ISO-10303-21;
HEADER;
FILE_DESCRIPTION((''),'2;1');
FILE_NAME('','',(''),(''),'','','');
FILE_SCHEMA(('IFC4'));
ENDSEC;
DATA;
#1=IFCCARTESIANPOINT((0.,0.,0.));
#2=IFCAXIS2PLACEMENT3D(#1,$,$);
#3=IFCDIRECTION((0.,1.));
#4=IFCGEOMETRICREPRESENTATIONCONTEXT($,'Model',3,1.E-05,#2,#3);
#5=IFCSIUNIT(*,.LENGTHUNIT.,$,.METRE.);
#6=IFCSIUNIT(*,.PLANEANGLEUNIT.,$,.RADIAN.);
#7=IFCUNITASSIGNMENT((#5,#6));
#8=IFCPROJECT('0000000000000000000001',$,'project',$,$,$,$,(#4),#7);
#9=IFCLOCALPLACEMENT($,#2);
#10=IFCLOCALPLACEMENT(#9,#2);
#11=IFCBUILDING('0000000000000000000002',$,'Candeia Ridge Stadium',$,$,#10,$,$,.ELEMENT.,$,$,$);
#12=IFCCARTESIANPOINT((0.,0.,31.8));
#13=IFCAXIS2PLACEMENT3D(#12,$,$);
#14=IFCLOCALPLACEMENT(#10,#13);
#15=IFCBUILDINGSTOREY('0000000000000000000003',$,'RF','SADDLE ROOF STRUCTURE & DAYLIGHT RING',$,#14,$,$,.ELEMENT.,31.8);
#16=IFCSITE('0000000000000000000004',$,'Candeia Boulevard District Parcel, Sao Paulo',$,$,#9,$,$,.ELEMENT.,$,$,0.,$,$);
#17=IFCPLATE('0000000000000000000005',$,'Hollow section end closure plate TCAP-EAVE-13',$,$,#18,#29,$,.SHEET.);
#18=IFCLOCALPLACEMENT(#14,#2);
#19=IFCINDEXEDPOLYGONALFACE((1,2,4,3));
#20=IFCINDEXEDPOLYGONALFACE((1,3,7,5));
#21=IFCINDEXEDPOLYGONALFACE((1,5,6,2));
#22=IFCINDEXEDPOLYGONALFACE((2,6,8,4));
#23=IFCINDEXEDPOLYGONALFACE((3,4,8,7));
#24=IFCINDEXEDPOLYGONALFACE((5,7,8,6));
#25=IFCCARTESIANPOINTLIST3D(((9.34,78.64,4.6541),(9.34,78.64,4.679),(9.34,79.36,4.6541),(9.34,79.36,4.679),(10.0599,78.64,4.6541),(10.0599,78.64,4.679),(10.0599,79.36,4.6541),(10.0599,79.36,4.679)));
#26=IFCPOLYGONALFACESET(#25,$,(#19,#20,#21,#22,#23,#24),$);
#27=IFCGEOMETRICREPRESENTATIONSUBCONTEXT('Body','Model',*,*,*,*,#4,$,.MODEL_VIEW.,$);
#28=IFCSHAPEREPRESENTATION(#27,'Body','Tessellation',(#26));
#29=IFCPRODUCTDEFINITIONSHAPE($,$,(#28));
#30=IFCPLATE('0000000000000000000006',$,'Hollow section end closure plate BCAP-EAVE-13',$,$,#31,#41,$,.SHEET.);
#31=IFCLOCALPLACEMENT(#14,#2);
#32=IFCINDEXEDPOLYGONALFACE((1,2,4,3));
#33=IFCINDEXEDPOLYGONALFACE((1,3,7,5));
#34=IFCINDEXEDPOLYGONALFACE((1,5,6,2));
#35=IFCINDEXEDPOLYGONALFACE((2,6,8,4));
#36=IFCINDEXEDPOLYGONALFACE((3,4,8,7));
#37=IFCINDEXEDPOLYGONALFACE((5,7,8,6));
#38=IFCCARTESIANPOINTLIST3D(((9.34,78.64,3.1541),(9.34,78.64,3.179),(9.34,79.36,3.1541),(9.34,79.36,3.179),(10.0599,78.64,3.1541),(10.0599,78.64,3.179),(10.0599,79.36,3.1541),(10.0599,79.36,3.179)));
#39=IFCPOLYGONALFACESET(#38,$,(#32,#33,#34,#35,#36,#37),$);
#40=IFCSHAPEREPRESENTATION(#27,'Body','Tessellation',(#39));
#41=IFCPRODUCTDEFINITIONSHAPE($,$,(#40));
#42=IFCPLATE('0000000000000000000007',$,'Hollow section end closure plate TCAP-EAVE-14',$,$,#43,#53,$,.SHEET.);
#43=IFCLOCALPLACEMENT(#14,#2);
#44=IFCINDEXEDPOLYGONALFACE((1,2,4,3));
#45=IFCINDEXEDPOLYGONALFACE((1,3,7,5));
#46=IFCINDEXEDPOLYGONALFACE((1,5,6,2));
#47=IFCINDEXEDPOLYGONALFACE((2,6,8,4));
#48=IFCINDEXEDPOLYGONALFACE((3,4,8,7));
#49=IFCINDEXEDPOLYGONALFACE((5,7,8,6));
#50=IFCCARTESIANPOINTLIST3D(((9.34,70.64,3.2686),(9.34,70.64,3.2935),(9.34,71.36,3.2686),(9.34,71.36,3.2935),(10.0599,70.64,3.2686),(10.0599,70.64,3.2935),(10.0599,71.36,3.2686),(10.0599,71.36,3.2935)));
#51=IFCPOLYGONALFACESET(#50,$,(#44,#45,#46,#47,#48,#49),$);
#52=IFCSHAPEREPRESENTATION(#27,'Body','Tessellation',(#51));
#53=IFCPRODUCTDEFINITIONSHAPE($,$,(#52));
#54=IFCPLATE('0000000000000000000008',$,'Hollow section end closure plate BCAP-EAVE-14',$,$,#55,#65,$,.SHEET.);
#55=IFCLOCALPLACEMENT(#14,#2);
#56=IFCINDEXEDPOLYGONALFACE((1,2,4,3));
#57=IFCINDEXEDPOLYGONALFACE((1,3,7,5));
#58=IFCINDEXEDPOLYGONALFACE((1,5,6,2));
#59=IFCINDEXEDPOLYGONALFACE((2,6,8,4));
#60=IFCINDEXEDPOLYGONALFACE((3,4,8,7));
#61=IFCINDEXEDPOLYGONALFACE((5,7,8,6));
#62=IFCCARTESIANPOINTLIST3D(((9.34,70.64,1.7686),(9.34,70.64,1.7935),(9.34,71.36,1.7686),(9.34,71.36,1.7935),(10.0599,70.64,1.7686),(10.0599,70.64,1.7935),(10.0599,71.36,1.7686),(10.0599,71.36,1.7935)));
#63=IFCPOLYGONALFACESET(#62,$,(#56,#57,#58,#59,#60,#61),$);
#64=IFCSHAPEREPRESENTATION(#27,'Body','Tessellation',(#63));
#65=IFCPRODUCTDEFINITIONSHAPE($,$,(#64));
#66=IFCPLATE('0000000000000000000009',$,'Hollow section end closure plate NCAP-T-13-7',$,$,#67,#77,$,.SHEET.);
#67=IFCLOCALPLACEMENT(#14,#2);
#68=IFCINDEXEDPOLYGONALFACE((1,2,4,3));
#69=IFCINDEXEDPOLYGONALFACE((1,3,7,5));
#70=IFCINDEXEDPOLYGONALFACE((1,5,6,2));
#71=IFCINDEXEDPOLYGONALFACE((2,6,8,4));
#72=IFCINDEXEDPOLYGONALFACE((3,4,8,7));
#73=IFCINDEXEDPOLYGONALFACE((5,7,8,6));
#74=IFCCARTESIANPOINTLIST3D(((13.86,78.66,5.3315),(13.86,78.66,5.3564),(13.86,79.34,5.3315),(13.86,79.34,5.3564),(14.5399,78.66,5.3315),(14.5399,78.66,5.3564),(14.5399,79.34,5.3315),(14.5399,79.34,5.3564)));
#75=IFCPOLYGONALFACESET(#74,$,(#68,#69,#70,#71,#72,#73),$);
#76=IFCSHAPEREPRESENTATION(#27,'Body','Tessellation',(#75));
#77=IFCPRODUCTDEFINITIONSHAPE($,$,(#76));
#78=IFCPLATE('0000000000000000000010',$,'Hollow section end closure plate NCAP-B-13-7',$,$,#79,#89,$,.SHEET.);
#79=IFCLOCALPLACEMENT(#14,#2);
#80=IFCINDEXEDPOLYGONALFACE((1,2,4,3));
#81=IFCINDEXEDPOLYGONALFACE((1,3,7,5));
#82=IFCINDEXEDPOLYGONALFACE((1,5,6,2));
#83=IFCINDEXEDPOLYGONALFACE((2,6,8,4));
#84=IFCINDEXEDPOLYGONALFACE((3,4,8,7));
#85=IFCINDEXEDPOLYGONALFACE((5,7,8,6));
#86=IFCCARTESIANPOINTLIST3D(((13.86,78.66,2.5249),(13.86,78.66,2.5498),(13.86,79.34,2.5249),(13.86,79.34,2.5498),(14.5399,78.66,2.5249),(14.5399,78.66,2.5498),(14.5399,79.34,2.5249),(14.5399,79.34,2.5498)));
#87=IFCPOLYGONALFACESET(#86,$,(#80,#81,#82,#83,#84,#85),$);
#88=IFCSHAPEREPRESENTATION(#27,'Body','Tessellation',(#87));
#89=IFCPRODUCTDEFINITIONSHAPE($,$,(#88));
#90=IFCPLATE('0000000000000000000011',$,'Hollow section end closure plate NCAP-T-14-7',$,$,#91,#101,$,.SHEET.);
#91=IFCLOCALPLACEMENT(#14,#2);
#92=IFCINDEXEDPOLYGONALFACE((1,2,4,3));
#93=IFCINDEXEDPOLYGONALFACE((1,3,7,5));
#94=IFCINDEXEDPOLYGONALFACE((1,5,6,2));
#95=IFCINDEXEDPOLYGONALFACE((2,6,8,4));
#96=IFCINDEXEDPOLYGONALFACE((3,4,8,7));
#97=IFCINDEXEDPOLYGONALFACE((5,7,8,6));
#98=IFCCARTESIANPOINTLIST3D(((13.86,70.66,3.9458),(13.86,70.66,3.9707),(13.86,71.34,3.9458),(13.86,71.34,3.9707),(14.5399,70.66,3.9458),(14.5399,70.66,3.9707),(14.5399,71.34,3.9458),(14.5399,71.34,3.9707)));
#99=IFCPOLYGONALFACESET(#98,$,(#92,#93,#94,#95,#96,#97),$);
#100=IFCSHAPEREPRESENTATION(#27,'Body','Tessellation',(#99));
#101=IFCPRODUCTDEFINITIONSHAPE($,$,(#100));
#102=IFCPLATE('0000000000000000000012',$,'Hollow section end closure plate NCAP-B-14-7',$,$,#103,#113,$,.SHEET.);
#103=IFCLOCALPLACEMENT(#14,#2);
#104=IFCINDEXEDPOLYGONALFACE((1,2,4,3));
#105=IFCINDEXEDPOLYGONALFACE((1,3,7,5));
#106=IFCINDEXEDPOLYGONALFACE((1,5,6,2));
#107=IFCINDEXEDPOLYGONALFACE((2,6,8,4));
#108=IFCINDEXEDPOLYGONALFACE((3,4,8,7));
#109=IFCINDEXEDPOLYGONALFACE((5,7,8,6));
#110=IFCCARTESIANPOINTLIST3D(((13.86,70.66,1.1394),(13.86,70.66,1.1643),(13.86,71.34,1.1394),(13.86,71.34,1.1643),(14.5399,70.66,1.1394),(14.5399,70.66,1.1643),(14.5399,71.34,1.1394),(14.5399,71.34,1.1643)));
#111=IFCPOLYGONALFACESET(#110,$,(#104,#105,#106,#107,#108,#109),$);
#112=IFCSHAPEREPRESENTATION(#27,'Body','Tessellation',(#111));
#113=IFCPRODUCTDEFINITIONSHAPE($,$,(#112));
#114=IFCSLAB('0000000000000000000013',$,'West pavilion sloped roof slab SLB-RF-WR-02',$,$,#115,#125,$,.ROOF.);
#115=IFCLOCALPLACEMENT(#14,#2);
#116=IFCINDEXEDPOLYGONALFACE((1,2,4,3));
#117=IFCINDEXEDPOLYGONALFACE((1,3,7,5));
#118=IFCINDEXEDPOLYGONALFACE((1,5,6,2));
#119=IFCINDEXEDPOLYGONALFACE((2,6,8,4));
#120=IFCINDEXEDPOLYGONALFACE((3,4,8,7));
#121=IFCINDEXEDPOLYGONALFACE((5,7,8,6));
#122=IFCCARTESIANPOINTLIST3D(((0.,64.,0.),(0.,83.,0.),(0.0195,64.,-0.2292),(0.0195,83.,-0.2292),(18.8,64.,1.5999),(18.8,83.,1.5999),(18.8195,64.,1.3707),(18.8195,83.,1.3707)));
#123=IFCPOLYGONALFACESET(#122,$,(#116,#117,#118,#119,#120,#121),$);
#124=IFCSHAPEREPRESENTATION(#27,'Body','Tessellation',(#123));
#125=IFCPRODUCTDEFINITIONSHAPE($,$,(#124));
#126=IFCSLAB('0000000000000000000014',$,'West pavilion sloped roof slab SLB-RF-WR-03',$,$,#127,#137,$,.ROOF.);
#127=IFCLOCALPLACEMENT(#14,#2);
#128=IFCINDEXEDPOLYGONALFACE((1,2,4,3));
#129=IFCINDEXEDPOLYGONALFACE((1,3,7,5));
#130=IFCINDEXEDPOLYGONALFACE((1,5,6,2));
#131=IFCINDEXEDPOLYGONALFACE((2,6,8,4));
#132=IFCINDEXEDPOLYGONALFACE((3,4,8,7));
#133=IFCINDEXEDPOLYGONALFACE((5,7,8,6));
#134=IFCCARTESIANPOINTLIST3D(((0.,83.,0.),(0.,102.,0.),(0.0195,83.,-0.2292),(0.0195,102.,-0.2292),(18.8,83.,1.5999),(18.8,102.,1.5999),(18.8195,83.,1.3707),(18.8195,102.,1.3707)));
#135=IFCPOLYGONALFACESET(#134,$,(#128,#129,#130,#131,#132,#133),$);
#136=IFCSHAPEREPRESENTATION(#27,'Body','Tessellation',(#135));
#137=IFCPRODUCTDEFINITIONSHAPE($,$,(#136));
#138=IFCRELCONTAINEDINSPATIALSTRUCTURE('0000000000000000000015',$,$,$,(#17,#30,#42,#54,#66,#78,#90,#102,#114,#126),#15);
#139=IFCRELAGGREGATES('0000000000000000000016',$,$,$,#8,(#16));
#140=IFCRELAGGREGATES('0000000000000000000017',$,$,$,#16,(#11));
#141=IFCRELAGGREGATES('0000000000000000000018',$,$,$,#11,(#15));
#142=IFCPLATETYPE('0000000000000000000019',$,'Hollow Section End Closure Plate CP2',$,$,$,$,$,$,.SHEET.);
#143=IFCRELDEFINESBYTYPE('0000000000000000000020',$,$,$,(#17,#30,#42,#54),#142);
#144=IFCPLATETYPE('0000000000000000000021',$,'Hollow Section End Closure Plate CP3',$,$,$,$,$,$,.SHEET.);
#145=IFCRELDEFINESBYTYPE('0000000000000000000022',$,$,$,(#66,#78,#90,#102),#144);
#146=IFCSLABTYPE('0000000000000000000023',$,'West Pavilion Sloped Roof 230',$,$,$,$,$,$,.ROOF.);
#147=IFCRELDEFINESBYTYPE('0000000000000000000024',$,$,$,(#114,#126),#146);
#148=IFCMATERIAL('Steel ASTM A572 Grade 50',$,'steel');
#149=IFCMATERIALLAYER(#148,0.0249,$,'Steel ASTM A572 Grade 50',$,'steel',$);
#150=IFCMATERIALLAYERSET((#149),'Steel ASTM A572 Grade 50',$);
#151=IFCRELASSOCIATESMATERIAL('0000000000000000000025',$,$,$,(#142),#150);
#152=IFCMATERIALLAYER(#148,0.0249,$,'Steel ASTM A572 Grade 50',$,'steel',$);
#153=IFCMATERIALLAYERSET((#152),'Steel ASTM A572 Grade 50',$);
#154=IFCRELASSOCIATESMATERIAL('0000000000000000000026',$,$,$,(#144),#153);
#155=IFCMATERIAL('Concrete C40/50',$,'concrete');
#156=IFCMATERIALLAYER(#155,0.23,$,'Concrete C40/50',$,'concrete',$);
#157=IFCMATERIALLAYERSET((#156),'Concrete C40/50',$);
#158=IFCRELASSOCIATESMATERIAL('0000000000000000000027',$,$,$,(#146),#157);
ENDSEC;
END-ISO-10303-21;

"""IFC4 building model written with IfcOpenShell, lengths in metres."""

from ifc_helpers import new_model, si_unit, direction, frame, origin, origin_2d, place, context, subcontext, project, spatial, polyline, rectangle, outline, extrude, material, layer, layer_set, type_object, element, save


model = new_model("IFC4")

# Units and contexts
model_context = context("Model", 3, precision=1e-05, world=origin(), true_north=direction((0.0, 1.0)))
body_context = subcontext(model_context, "Body", "Model", "MODEL_VIEW")
ifc_project = project(units=[si_unit("LENGTHUNIT", "METRE"), si_unit("PLANEANGLEUNIT", "RADIAN")], contexts=[model_context])

# Site, building, storey
site_placement = place(None, origin())
site = spatial("IfcSite", under=ifc_project, at=site_placement, Name="Candeia Boulevard District Parcel, Sao Paulo", CompositionType="ELEMENT", RefElevation=0.0)
building_placement = place(site_placement, origin())
building = spatial("IfcBuilding", under=site, at=building_placement, Name="Candeia Ridge Stadium", CompositionType="ELEMENT")
storey_placement = place(building_placement, frame((0.0, 0.0, 31.8)))
storey = spatial("IfcBuildingStorey", under=building, at=storey_placement, Name="RF", Description="SADDLE ROOF STRUCTURE & DAYLIGHT RING", CompositionType="ELEMENT", Elevation=31.8)

# Shared definitions
ifc_material_1 = material(Name="Steel ASTM A572 Grade 50", Category="steel")

# Plates
ifc_layer_1 = layer(ifc_material_1, 0.0249, Name="Steel ASTM A572 Grade 50", Category="steel")
ifc_layer_set_1 = layer_set([ifc_layer_1], Name="Steel ASTM A572 Grade 50")
plate_type_1 = type_object("IfcPlateType", Name="Hollow Section End Closure Plate CP2", PredefinedType="SHEET", material=ifc_layer_set_1)
for number, where, z_axis, x_axis, name in (
    (1, (9.7, 79.0, 4.6541), (0.0, 0.0, 1.0), (1.0, 0.0, 0.0), "Hollow section end closure plate TCAP-EAVE-13"),
    (2, (9.7, 79.0, 3.1541), (0.0, 0.0, 1.0), (1.0, 0.0, 0.0), "Hollow section end closure plate BCAP-EAVE-13"),
    (3, (9.7, 71.0, 3.2686), (0.0, 0.0, 1.0), (1.0, 0.0, 0.0), "Hollow section end closure plate TCAP-EAVE-14"),
    (4, (9.7, 71.0, 1.7686), (0.0, 0.0, 1.0), (1.0, 0.0, 0.0), "Hollow section end closure plate BCAP-EAVE-14"),
):
    element("IfcPlate", number, at=place(storey_placement, frame(where, z_axis=z_axis, x_axis=x_axis)), inside=storey, type_object=plate_type_1, Name=name, PredefinedType="SHEET", context=body_context, shape_type="SweptSolid", body=[
        extrude(rectangle(XDim=0.72, YDim=0.72, at=origin_2d()), origin(), (0.0, 0.0, 1.0), 0.0249),
    ])
ifc_layer_2 = layer(ifc_material_1, 0.0249, Name="Steel ASTM A572 Grade 50", Category="steel")
ifc_layer_set_2 = layer_set([ifc_layer_2], Name="Steel ASTM A572 Grade 50")
plate_type_2 = type_object("IfcPlateType", Name="Hollow Section End Closure Plate CP3", PredefinedType="SHEET", material=ifc_layer_set_2)
for number, where, z_axis, x_axis, name in (
    (5, (14.2, 79.0, 5.3315), (0.0, 0.0, 1.0), (1.0, 0.0, 0.0), "Hollow section end closure plate NCAP-T-13-7"),
    (6, (14.2, 79.0, 2.5249), (0.0, 0.0, 1.0), (1.0, 0.0, 0.0), "Hollow section end closure plate NCAP-B-13-7"),
    (7, (14.2, 71.0, 3.9458), (0.0, 0.0, 1.0), (1.0, 0.0, 0.0), "Hollow section end closure plate NCAP-T-14-7"),
    (8, (14.2, 71.0, 1.1394), (0.0, 0.0, 1.0), (1.0, 0.0, 0.0), "Hollow section end closure plate NCAP-B-14-7"),
):
    element("IfcPlate", number, at=place(storey_placement, frame(where, z_axis=z_axis, x_axis=x_axis)), inside=storey, type_object=plate_type_2, Name=name, PredefinedType="SHEET", context=body_context, shape_type="SweptSolid", body=[
        extrude(rectangle(XDim=0.6799, YDim=0.6799, at=origin_2d()), origin(), (0.0, 0.0, 1.0), 0.0249),
    ])

# Slabs
ifc_material_2 = material(Name="Concrete C40/50", Category="concrete")
ifc_layer_3 = layer(ifc_material_2, 0.23, Name="Concrete C40/50", Category="concrete")
ifc_layer_set_3 = layer_set([ifc_layer_3], Name="Concrete C40/50")
slab_type = type_object("IfcSlabType", Name="West Pavilion Sloped Roof 230", PredefinedType="ROOF", material=ifc_layer_set_3)
for number, where, z_axis, x_axis, name in (
    (9, (0.0, 64.0, 0.0), (-0.084792, 0.0, 0.996399), (0.996399, 0.0, 0.084792), "West pavilion sloped roof slab SLB-RF-WR-02"),
    (10, (0.0, 83.0, 0.0), (-0.084792, 0.0, 0.996399), (0.996399, 0.0, 0.084792), "West pavilion sloped roof slab SLB-RF-WR-03"),
):
    element("IfcSlab", number, at=place(storey_placement, frame(where, z_axis=z_axis, x_axis=x_axis)), inside=storey, type_object=slab_type, Name=name, PredefinedType="ROOF", context=body_context, shape_type="SweptSolid", body=[
        extrude(outline(polyline([(0.0, 0.0), (18.868, 0.0), (18.868, 19.0), (0.0, 19.0), (0.0, 0.0)])), origin(), (0.0, 0.0, -1.0), 0.23),
    ])

save(model, "model.ifc")
